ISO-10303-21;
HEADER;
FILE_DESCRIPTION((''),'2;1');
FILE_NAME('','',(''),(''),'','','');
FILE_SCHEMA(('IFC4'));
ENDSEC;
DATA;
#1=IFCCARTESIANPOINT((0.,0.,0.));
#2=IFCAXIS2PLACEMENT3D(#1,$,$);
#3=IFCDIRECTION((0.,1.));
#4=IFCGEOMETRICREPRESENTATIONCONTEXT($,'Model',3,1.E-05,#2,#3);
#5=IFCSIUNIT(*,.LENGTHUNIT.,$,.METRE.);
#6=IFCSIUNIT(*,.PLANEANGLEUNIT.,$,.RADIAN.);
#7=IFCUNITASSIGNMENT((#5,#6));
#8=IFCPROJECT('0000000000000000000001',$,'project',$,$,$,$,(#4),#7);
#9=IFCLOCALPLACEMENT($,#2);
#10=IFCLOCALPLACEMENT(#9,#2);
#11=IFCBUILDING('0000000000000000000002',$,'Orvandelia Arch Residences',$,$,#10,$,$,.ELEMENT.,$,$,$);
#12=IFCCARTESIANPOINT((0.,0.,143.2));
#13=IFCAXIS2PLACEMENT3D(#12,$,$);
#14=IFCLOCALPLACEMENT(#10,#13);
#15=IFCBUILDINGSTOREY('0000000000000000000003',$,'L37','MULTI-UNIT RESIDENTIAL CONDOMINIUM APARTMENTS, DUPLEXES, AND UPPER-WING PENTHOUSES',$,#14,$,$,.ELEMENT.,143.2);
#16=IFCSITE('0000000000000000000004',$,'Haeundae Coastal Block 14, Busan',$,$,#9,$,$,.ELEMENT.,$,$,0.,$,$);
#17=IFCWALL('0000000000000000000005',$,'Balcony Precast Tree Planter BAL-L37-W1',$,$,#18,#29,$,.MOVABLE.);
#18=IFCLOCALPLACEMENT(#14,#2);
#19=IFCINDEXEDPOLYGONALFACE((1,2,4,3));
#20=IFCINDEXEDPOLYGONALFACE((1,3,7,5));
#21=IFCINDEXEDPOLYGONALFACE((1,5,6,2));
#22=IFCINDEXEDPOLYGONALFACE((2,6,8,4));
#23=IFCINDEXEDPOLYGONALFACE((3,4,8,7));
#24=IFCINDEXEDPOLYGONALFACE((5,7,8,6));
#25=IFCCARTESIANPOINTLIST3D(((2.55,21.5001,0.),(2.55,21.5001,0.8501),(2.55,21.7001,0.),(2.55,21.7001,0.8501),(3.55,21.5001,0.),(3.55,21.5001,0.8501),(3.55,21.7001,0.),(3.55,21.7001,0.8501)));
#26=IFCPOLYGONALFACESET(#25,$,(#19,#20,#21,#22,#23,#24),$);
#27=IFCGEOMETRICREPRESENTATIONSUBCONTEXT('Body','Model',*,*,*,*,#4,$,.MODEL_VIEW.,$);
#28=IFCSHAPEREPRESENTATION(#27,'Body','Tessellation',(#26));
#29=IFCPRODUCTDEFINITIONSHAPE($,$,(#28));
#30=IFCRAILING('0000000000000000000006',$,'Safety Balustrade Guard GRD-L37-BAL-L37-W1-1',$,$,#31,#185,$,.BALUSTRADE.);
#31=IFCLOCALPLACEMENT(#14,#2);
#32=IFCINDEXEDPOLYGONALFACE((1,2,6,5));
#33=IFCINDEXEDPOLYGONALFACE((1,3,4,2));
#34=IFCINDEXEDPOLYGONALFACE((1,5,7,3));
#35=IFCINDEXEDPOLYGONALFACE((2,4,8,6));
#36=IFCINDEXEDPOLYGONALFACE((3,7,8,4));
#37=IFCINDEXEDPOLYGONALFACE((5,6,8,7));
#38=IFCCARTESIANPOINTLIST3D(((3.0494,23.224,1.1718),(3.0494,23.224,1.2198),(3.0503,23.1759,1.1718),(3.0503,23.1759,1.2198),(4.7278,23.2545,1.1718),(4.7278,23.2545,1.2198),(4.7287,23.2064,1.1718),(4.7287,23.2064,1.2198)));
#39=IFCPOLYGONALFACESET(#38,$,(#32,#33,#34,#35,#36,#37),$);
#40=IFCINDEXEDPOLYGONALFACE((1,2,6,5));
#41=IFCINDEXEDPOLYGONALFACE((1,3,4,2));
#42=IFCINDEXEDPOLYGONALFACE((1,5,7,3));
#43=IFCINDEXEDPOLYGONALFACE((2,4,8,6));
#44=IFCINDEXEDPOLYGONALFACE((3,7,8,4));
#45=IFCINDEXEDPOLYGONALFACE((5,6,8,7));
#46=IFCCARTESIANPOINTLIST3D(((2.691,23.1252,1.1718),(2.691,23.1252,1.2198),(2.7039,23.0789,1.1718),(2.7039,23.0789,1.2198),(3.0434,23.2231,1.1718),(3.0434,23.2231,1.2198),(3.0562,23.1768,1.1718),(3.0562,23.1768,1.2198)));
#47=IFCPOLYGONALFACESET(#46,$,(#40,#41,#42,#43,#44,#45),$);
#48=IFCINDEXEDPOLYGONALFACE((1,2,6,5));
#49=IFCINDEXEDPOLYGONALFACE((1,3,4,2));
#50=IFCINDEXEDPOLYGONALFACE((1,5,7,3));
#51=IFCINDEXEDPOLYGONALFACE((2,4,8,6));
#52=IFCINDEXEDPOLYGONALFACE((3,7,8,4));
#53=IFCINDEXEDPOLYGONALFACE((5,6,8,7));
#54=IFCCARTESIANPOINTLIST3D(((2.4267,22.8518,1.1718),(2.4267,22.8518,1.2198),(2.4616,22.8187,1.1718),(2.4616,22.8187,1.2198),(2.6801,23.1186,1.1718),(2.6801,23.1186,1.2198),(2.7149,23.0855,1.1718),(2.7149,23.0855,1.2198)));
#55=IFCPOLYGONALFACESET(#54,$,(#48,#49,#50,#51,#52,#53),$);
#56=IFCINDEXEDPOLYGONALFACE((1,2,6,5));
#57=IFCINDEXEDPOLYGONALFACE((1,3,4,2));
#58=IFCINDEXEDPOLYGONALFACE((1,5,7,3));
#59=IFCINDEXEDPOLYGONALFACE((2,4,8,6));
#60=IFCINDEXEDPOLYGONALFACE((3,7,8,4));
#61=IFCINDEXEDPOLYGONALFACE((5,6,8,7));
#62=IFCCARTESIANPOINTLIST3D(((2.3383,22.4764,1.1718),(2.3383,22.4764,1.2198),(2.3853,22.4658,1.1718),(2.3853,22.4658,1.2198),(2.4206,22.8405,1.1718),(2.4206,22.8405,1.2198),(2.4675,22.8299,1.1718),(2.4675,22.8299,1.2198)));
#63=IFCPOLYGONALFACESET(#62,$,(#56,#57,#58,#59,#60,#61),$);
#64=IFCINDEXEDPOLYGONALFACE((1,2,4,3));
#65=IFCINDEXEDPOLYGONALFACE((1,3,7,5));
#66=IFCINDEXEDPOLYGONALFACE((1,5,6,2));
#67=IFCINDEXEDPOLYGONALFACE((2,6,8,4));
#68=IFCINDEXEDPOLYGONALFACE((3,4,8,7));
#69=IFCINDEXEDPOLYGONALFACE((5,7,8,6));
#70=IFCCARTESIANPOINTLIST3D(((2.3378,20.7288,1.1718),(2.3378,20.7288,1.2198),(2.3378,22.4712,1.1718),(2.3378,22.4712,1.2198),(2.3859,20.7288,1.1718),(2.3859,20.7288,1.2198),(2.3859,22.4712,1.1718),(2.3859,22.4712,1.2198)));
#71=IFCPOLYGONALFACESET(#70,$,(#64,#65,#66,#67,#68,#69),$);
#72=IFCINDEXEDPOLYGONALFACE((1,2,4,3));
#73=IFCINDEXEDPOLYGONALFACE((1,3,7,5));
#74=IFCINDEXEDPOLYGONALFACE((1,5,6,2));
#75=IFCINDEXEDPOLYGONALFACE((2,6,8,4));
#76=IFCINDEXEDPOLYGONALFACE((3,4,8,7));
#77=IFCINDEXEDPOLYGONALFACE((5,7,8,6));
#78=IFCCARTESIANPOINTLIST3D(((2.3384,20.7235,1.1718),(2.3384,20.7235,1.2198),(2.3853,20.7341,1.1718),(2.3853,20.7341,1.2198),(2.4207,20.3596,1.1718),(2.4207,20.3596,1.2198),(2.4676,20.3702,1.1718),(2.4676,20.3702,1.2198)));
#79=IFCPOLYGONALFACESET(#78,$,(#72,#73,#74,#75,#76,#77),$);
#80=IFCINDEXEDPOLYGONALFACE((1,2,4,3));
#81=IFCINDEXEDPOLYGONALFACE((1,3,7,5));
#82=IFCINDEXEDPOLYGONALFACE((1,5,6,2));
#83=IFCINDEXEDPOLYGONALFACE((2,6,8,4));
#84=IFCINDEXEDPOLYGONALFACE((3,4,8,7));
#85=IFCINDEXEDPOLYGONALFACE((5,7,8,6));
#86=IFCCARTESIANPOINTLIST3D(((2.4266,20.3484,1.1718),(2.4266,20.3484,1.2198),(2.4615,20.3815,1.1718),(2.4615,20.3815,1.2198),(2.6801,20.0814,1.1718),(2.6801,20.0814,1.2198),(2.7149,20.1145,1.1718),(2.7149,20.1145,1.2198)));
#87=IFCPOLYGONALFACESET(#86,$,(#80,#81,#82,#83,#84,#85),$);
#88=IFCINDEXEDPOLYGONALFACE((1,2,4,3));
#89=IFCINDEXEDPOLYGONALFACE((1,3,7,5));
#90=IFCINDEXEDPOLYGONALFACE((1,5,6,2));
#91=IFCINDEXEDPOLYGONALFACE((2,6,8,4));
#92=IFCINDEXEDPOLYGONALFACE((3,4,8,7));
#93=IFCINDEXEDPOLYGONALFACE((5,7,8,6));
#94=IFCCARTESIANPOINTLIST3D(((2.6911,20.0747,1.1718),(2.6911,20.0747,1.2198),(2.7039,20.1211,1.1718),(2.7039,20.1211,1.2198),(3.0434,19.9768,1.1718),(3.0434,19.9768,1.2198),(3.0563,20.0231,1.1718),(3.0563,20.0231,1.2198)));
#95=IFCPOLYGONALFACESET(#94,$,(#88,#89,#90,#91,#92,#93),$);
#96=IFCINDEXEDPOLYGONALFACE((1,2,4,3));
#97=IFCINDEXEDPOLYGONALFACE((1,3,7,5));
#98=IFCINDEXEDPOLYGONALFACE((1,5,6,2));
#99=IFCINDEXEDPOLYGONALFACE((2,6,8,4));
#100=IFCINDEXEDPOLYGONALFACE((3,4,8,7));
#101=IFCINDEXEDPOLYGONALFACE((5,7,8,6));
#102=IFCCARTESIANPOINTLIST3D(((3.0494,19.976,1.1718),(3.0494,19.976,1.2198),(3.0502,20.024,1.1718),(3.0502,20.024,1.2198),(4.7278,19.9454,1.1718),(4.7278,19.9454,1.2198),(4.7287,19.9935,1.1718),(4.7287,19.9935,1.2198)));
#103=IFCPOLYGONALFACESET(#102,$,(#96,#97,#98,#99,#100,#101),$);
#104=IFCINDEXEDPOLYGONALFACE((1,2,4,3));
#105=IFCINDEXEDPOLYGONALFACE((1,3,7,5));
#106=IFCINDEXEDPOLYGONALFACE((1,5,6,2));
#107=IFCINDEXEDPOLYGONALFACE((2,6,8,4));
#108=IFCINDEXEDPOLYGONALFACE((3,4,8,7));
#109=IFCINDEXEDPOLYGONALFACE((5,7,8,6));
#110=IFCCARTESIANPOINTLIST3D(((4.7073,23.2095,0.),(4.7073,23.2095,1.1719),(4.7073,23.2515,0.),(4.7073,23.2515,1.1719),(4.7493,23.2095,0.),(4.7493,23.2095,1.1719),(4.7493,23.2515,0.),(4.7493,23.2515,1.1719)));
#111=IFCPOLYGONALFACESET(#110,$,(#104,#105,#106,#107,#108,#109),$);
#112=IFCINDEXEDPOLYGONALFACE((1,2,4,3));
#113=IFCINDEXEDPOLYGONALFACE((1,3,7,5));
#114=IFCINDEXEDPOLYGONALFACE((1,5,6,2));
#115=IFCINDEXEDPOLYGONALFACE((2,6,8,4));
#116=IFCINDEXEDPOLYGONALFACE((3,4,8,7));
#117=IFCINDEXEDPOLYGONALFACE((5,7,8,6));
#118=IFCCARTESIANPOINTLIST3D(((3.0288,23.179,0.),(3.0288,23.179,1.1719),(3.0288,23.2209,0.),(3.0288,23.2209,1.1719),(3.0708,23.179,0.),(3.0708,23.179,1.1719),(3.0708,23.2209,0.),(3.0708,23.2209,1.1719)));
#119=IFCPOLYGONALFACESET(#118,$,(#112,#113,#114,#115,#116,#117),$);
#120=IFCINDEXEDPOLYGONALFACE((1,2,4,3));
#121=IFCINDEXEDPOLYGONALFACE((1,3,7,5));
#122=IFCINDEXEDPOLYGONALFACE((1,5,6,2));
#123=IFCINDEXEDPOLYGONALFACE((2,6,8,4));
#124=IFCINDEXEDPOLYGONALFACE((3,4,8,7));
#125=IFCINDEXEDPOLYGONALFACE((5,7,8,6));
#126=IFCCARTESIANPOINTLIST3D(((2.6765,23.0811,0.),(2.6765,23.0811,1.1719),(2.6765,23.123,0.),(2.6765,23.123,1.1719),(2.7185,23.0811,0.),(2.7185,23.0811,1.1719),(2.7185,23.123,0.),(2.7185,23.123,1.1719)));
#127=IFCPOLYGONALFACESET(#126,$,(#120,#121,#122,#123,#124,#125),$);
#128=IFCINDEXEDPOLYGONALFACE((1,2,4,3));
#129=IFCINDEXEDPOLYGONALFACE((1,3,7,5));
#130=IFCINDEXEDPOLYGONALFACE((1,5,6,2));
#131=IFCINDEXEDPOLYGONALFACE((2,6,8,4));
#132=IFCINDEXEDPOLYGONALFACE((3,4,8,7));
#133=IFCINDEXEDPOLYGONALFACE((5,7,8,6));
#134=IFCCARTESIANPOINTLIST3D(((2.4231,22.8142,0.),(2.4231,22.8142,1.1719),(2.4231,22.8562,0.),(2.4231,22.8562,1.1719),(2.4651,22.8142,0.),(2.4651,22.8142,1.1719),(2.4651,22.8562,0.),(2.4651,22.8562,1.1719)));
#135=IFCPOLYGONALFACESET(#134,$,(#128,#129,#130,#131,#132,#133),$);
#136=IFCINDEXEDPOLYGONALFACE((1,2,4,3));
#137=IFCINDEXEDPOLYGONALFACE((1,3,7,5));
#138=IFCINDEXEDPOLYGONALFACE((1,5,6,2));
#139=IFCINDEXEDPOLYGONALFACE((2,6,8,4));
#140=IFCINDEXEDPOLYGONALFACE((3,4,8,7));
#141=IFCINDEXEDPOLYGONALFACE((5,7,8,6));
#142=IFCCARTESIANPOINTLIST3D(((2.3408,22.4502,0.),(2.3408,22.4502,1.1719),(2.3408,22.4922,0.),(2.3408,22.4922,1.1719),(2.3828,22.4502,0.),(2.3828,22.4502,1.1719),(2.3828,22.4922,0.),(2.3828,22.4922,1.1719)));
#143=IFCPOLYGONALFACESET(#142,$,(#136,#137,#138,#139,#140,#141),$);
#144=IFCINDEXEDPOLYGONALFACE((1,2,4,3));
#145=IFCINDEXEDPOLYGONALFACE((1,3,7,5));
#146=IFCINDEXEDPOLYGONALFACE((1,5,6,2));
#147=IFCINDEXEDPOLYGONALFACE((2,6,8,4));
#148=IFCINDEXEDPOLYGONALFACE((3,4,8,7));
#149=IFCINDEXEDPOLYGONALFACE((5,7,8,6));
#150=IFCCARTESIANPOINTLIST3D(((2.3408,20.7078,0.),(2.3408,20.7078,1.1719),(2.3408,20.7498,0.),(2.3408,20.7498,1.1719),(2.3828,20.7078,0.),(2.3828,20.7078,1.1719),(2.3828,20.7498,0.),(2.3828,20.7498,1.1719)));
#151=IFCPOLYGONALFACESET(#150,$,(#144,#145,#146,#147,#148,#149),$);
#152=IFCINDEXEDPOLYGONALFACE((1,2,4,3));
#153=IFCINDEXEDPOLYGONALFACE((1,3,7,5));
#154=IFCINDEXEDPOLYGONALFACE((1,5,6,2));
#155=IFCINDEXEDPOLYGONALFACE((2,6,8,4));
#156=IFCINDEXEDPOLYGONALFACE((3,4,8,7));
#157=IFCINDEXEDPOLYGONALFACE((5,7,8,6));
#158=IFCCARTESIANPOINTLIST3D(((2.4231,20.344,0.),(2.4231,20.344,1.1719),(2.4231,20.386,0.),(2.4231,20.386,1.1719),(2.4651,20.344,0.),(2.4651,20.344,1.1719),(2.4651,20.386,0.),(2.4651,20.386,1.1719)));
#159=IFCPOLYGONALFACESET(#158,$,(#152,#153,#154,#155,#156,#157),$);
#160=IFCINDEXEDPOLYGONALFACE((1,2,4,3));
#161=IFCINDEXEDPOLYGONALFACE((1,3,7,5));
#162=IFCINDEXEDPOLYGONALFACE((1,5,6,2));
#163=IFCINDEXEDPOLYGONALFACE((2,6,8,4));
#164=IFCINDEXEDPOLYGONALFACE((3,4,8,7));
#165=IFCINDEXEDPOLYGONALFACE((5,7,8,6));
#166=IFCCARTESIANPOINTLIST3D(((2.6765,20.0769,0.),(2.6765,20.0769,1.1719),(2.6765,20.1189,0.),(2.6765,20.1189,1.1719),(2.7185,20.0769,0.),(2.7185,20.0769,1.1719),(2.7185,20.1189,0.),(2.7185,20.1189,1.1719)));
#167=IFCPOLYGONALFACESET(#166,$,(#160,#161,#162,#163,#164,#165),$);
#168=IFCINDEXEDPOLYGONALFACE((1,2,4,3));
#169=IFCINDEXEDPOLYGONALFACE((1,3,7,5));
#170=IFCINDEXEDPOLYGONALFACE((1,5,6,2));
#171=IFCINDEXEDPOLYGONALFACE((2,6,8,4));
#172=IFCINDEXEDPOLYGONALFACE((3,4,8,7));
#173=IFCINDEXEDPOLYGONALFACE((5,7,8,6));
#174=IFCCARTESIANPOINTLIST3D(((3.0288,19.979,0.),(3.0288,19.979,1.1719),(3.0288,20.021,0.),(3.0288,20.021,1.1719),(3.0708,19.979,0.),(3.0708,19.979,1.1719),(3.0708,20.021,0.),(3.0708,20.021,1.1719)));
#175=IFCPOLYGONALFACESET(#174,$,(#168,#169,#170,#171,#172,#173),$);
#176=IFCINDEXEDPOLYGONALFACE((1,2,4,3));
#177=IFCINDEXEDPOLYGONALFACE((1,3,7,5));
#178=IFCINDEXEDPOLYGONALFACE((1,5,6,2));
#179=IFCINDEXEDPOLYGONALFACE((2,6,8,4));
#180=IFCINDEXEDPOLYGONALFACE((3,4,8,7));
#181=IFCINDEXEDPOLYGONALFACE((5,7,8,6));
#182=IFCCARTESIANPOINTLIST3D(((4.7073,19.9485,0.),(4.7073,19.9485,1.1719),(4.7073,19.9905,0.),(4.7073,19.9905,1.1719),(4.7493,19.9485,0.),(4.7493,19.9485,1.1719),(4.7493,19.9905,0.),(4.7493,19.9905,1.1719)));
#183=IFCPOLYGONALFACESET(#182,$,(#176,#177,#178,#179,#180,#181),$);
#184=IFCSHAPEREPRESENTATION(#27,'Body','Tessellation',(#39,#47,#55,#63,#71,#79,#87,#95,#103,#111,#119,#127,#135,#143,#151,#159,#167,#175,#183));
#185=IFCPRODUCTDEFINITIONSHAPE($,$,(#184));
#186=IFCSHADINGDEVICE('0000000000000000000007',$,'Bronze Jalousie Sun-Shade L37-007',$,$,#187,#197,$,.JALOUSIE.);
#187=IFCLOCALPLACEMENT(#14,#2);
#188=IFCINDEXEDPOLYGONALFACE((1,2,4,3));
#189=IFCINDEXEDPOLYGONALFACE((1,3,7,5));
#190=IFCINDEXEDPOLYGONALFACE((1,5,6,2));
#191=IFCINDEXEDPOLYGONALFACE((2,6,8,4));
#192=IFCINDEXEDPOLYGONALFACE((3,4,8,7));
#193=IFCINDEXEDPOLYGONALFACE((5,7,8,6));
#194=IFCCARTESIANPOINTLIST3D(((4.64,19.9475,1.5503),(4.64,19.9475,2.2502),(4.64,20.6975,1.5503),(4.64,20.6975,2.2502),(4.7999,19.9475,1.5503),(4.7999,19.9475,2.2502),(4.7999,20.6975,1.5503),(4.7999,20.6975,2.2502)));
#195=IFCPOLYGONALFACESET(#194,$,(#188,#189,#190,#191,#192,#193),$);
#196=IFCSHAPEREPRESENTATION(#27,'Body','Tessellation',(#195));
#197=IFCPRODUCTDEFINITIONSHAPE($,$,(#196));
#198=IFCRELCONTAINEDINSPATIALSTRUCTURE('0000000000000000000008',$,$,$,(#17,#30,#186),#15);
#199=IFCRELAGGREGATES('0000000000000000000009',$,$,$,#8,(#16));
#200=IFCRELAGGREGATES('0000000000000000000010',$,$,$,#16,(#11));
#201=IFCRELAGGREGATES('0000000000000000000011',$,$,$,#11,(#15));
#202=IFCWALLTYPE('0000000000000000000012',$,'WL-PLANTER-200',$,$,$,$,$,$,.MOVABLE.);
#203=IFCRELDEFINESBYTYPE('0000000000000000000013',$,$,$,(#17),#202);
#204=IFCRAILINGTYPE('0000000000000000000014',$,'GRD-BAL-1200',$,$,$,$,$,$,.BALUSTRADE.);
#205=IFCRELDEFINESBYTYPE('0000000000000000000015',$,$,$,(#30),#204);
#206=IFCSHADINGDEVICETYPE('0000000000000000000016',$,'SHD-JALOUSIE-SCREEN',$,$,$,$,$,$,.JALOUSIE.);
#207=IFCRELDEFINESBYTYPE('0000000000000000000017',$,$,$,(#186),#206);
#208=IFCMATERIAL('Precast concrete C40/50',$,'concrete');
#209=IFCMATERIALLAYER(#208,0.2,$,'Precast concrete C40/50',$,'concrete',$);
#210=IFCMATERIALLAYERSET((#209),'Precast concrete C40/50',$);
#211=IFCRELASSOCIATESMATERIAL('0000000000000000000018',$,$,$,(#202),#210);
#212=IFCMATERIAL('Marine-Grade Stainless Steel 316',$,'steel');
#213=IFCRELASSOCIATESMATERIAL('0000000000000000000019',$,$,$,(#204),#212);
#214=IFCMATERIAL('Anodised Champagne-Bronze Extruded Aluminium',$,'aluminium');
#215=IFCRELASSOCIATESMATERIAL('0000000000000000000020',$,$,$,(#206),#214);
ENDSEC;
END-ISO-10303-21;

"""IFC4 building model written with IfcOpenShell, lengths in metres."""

from ifc_helpers import new_model, si_unit, direction, frame, frame_2d, origin, origin_2d, place, context, subcontext, project, spatial, rectangle, extrude, material, layer, layer_set, type_object, element, save


model = new_model("IFC4")

# Units and contexts
model_context = context("Model", 3, precision=1e-05, world=origin(), true_north=direction((0.0, 1.0)))
body_context = subcontext(model_context, "Body", "Model", "MODEL_VIEW")
ifc_project = project(units=[si_unit("LENGTHUNIT", "METRE"), si_unit("PLANEANGLEUNIT", "RADIAN")], contexts=[model_context])

# Site, building, storey
site_placement = place(None, origin())
site = spatial("IfcSite", under=ifc_project, at=site_placement, Name="Haeundae Coastal Block 14, Busan", CompositionType="ELEMENT", RefElevation=0.0)
building_placement = place(site_placement, origin())
building = spatial("IfcBuilding", under=site, at=building_placement, Name="Orvandelia Arch Residences", CompositionType="ELEMENT")
storey_placement = place(building_placement, frame((0.0, 0.0, 143.2)))
storey = spatial("IfcBuildingStorey", under=building, at=storey_placement, Name="L37", Description="MULTI-UNIT RESIDENTIAL CONDOMINIUM APARTMENTS, DUPLEXES, AND UPPER-WING PENTHOUSES", CompositionType="ELEMENT", Elevation=143.2)

# Wall
ifc_material_1 = material(Name="Precast concrete C40/50", Category="concrete")
ifc_layer_1 = layer(ifc_material_1, 0.2, Name="Precast concrete C40/50", Category="concrete")
ifc_layer_set_1 = layer_set([ifc_layer_1], Name="Precast concrete C40/50")
wall_type_1 = type_object("IfcWallType", Name="WL-PLANTER-200", PredefinedType="MOVABLE", material=ifc_layer_set_1)
wall_1_placement = place(storey_placement, frame((2.55, 21.6001, 0.0), z_axis=(0.0, 0.0, 1.0), x_axis=(1.0, 0.0, 0.0)))
element("IfcWall", 1, at=wall_1_placement, inside=storey, type_object=wall_type_1, Name="Balcony Precast Tree Planter BAL-L37-W1", PredefinedType="MOVABLE", context=body_context, shape_type="SweptSolid", body=[
    extrude(rectangle(XDim=1.0, YDim=0.2, at=frame_2d((0.5, 0.0))), origin(), (0.0, 0.0, 1.0), 0.8501),
])

# Railing
ifc_material_2 = material(Name="Marine-Grade Stainless Steel 316", Category="steel")
railing_type = type_object("IfcRailingType", Name="GRD-BAL-1200", PredefinedType="BALUSTRADE", material=ifc_material_2)
railing_placement = place(storey_placement, frame((4.7283, 23.2305, 0.0)))
element("IfcRailing", 2, at=railing_placement, inside=storey, type_object=railing_type, Name="Safety Balustrade Guard GRD-L37-BAL-L37-W1-1", PredefinedType="BALUSTRADE", context=body_context, shape_type="SweptSolid", body=[
    extrude(rectangle(XDim=0.0481, YDim=0.0481, at=origin_2d()), frame((0.0, 0.0, 1.1958), z_axis=(-0.999835, -0.018179, 0.0), x_axis=(0.018179, -0.999835, 0.0)), (0.0, 0.0, 1.0), 1.6787),
    extrude(rectangle(XDim=0.0481, YDim=0.0481, at=origin_2d()), frame((-1.6785, -0.0305, 1.1958), z_axis=(-0.963489, -0.267747, 0.0), x_axis=(0.267747, -0.963489, 0.0)), (0.0, 0.0, 1.0), 0.3657),
    extrude(rectangle(XDim=0.0481, YDim=0.0481, at=origin_2d()), frame((-2.0308, -0.1284, 1.1958), z_axis=(-0.688627, -0.725115, 0.0), x_axis=(0.725115, -0.688627, 0.0)), (0.0, 0.0, 1.0), 0.3679),
    extrude(rectangle(XDim=0.0481, YDim=0.0481, at=origin_2d()), frame((-2.2842, -0.3953, 1.1958), z_axis=(-0.220462, -0.975396, 0.0), x_axis=(0.975396, -0.220462, 0.0)), (0.0, 0.0, 1.0), 0.3733),
    extrude(rectangle(XDim=0.0481, YDim=0.0481, at=origin_2d()), frame((-2.3665, -0.7593, 1.1958), z_axis=(0.0, -1.0, 0.0), x_axis=(1.0, 0.0, 0.0)), (0.0, 0.0, 1.0), 1.7424),
    extrude(rectangle(XDim=0.0481, YDim=0.0481, at=origin_2d()), frame((-2.3665, -2.5017, 1.1958), z_axis=(0.220602, -0.975364, 0.0), x_axis=(0.975364, 0.220602, 0.0)), (0.0, 0.0, 1.0), 0.373),
    extrude(rectangle(XDim=0.0481, YDim=0.0481, at=origin_2d()), frame((-2.2842, -2.8655, 1.1958), z_axis=(0.688296, -0.72543, 0.0), x_axis=(0.72543, 0.688296, 0.0)), (0.0, 0.0, 1.0), 0.3682),
    extrude(rectangle(XDim=0.0481, YDim=0.0481, at=origin_2d()), frame((-2.0308, -3.1326, 1.1958), z_axis=(0.963489, -0.267747, 0.0), x_axis=(0.267747, 0.963489, 0.0)), (0.0, 0.0, 1.0), 0.3657),
    extrude(rectangle(XDim=0.0481, YDim=0.0481, at=origin_2d()), frame((-1.6785, -3.2305, 1.1958), z_axis=(0.999835, -0.018179, 0.0), x_axis=(0.018179, 0.999835, 0.0)), (0.0, 0.0, 1.0), 1.6787),
    extrude(rectangle(XDim=0.042, YDim=0.042, at=origin_2d()), origin(), (0.0, 0.0, 1.0), 1.1719),
    extrude(rectangle(XDim=0.042, YDim=0.042, at=origin_2d()), frame((-1.6785, -0.0305, 0.0)), (0.0, 0.0, 1.0), 1.1719),
    extrude(rectangle(XDim=0.042, YDim=0.042, at=origin_2d()), frame((-2.0308, -0.1284, 0.0)), (0.0, 0.0, 1.0), 1.1719),
    extrude(rectangle(XDim=0.042, YDim=0.042, at=origin_2d()), frame((-2.2842, -0.3953, 0.0)), (0.0, 0.0, 1.0), 1.1719),
    extrude(rectangle(XDim=0.042, YDim=0.042, at=origin_2d()), frame((-2.3665, -0.7593, 0.0)), (0.0, 0.0, 1.0), 1.1719),
    extrude(rectangle(XDim=0.042, YDim=0.042, at=origin_2d()), frame((-2.3665, -2.5017, 0.0)), (0.0, 0.0, 1.0), 1.1719),
    extrude(rectangle(XDim=0.042, YDim=0.042, at=origin_2d()), frame((-2.2842, -2.8655, 0.0)), (0.0, 0.0, 1.0), 1.1719),
    extrude(rectangle(XDim=0.042, YDim=0.042, at=origin_2d()), frame((-2.0308, -3.1326, 0.0)), (0.0, 0.0, 1.0), 1.1719),
    extrude(rectangle(XDim=0.042, YDim=0.042, at=origin_2d()), frame((-1.6785, -3.2305, 0.0)), (0.0, 0.0, 1.0), 1.1719),
    extrude(rectangle(XDim=0.042, YDim=0.042, at=origin_2d()), frame((0.0, -3.261, 0.0)), (0.0, 0.0, 1.0), 1.1719),
])

# Shading device
ifc_material_3 = material(Name="Anodised Champagne-Bronze Extruded Aluminium", Category="aluminium")
shading_device_type = type_object("IfcShadingDeviceType", Name="SHD-JALOUSIE-SCREEN", PredefinedType="JALOUSIE", material=ifc_material_3)
shading_device_placement = place(storey_placement, frame((4.72, 20.3225, 1.5503), z_axis=(0.0, 0.0, 1.0), x_axis=(0.0, 1.0, 0.0)))
element("IfcShadingDevice", 3, at=shading_device_placement, inside=storey, type_object=shading_device_type, Name="Bronze Jalousie Sun-Shade L37-007", PredefinedType="JALOUSIE", context=body_context, shape_type="SweptSolid", body=[
    extrude(rectangle(XDim=0.75, YDim=0.1599, at=origin_2d()), origin(), (0.0, 0.0, 1.0), 0.7),
])

save(model, "model.ifc")
